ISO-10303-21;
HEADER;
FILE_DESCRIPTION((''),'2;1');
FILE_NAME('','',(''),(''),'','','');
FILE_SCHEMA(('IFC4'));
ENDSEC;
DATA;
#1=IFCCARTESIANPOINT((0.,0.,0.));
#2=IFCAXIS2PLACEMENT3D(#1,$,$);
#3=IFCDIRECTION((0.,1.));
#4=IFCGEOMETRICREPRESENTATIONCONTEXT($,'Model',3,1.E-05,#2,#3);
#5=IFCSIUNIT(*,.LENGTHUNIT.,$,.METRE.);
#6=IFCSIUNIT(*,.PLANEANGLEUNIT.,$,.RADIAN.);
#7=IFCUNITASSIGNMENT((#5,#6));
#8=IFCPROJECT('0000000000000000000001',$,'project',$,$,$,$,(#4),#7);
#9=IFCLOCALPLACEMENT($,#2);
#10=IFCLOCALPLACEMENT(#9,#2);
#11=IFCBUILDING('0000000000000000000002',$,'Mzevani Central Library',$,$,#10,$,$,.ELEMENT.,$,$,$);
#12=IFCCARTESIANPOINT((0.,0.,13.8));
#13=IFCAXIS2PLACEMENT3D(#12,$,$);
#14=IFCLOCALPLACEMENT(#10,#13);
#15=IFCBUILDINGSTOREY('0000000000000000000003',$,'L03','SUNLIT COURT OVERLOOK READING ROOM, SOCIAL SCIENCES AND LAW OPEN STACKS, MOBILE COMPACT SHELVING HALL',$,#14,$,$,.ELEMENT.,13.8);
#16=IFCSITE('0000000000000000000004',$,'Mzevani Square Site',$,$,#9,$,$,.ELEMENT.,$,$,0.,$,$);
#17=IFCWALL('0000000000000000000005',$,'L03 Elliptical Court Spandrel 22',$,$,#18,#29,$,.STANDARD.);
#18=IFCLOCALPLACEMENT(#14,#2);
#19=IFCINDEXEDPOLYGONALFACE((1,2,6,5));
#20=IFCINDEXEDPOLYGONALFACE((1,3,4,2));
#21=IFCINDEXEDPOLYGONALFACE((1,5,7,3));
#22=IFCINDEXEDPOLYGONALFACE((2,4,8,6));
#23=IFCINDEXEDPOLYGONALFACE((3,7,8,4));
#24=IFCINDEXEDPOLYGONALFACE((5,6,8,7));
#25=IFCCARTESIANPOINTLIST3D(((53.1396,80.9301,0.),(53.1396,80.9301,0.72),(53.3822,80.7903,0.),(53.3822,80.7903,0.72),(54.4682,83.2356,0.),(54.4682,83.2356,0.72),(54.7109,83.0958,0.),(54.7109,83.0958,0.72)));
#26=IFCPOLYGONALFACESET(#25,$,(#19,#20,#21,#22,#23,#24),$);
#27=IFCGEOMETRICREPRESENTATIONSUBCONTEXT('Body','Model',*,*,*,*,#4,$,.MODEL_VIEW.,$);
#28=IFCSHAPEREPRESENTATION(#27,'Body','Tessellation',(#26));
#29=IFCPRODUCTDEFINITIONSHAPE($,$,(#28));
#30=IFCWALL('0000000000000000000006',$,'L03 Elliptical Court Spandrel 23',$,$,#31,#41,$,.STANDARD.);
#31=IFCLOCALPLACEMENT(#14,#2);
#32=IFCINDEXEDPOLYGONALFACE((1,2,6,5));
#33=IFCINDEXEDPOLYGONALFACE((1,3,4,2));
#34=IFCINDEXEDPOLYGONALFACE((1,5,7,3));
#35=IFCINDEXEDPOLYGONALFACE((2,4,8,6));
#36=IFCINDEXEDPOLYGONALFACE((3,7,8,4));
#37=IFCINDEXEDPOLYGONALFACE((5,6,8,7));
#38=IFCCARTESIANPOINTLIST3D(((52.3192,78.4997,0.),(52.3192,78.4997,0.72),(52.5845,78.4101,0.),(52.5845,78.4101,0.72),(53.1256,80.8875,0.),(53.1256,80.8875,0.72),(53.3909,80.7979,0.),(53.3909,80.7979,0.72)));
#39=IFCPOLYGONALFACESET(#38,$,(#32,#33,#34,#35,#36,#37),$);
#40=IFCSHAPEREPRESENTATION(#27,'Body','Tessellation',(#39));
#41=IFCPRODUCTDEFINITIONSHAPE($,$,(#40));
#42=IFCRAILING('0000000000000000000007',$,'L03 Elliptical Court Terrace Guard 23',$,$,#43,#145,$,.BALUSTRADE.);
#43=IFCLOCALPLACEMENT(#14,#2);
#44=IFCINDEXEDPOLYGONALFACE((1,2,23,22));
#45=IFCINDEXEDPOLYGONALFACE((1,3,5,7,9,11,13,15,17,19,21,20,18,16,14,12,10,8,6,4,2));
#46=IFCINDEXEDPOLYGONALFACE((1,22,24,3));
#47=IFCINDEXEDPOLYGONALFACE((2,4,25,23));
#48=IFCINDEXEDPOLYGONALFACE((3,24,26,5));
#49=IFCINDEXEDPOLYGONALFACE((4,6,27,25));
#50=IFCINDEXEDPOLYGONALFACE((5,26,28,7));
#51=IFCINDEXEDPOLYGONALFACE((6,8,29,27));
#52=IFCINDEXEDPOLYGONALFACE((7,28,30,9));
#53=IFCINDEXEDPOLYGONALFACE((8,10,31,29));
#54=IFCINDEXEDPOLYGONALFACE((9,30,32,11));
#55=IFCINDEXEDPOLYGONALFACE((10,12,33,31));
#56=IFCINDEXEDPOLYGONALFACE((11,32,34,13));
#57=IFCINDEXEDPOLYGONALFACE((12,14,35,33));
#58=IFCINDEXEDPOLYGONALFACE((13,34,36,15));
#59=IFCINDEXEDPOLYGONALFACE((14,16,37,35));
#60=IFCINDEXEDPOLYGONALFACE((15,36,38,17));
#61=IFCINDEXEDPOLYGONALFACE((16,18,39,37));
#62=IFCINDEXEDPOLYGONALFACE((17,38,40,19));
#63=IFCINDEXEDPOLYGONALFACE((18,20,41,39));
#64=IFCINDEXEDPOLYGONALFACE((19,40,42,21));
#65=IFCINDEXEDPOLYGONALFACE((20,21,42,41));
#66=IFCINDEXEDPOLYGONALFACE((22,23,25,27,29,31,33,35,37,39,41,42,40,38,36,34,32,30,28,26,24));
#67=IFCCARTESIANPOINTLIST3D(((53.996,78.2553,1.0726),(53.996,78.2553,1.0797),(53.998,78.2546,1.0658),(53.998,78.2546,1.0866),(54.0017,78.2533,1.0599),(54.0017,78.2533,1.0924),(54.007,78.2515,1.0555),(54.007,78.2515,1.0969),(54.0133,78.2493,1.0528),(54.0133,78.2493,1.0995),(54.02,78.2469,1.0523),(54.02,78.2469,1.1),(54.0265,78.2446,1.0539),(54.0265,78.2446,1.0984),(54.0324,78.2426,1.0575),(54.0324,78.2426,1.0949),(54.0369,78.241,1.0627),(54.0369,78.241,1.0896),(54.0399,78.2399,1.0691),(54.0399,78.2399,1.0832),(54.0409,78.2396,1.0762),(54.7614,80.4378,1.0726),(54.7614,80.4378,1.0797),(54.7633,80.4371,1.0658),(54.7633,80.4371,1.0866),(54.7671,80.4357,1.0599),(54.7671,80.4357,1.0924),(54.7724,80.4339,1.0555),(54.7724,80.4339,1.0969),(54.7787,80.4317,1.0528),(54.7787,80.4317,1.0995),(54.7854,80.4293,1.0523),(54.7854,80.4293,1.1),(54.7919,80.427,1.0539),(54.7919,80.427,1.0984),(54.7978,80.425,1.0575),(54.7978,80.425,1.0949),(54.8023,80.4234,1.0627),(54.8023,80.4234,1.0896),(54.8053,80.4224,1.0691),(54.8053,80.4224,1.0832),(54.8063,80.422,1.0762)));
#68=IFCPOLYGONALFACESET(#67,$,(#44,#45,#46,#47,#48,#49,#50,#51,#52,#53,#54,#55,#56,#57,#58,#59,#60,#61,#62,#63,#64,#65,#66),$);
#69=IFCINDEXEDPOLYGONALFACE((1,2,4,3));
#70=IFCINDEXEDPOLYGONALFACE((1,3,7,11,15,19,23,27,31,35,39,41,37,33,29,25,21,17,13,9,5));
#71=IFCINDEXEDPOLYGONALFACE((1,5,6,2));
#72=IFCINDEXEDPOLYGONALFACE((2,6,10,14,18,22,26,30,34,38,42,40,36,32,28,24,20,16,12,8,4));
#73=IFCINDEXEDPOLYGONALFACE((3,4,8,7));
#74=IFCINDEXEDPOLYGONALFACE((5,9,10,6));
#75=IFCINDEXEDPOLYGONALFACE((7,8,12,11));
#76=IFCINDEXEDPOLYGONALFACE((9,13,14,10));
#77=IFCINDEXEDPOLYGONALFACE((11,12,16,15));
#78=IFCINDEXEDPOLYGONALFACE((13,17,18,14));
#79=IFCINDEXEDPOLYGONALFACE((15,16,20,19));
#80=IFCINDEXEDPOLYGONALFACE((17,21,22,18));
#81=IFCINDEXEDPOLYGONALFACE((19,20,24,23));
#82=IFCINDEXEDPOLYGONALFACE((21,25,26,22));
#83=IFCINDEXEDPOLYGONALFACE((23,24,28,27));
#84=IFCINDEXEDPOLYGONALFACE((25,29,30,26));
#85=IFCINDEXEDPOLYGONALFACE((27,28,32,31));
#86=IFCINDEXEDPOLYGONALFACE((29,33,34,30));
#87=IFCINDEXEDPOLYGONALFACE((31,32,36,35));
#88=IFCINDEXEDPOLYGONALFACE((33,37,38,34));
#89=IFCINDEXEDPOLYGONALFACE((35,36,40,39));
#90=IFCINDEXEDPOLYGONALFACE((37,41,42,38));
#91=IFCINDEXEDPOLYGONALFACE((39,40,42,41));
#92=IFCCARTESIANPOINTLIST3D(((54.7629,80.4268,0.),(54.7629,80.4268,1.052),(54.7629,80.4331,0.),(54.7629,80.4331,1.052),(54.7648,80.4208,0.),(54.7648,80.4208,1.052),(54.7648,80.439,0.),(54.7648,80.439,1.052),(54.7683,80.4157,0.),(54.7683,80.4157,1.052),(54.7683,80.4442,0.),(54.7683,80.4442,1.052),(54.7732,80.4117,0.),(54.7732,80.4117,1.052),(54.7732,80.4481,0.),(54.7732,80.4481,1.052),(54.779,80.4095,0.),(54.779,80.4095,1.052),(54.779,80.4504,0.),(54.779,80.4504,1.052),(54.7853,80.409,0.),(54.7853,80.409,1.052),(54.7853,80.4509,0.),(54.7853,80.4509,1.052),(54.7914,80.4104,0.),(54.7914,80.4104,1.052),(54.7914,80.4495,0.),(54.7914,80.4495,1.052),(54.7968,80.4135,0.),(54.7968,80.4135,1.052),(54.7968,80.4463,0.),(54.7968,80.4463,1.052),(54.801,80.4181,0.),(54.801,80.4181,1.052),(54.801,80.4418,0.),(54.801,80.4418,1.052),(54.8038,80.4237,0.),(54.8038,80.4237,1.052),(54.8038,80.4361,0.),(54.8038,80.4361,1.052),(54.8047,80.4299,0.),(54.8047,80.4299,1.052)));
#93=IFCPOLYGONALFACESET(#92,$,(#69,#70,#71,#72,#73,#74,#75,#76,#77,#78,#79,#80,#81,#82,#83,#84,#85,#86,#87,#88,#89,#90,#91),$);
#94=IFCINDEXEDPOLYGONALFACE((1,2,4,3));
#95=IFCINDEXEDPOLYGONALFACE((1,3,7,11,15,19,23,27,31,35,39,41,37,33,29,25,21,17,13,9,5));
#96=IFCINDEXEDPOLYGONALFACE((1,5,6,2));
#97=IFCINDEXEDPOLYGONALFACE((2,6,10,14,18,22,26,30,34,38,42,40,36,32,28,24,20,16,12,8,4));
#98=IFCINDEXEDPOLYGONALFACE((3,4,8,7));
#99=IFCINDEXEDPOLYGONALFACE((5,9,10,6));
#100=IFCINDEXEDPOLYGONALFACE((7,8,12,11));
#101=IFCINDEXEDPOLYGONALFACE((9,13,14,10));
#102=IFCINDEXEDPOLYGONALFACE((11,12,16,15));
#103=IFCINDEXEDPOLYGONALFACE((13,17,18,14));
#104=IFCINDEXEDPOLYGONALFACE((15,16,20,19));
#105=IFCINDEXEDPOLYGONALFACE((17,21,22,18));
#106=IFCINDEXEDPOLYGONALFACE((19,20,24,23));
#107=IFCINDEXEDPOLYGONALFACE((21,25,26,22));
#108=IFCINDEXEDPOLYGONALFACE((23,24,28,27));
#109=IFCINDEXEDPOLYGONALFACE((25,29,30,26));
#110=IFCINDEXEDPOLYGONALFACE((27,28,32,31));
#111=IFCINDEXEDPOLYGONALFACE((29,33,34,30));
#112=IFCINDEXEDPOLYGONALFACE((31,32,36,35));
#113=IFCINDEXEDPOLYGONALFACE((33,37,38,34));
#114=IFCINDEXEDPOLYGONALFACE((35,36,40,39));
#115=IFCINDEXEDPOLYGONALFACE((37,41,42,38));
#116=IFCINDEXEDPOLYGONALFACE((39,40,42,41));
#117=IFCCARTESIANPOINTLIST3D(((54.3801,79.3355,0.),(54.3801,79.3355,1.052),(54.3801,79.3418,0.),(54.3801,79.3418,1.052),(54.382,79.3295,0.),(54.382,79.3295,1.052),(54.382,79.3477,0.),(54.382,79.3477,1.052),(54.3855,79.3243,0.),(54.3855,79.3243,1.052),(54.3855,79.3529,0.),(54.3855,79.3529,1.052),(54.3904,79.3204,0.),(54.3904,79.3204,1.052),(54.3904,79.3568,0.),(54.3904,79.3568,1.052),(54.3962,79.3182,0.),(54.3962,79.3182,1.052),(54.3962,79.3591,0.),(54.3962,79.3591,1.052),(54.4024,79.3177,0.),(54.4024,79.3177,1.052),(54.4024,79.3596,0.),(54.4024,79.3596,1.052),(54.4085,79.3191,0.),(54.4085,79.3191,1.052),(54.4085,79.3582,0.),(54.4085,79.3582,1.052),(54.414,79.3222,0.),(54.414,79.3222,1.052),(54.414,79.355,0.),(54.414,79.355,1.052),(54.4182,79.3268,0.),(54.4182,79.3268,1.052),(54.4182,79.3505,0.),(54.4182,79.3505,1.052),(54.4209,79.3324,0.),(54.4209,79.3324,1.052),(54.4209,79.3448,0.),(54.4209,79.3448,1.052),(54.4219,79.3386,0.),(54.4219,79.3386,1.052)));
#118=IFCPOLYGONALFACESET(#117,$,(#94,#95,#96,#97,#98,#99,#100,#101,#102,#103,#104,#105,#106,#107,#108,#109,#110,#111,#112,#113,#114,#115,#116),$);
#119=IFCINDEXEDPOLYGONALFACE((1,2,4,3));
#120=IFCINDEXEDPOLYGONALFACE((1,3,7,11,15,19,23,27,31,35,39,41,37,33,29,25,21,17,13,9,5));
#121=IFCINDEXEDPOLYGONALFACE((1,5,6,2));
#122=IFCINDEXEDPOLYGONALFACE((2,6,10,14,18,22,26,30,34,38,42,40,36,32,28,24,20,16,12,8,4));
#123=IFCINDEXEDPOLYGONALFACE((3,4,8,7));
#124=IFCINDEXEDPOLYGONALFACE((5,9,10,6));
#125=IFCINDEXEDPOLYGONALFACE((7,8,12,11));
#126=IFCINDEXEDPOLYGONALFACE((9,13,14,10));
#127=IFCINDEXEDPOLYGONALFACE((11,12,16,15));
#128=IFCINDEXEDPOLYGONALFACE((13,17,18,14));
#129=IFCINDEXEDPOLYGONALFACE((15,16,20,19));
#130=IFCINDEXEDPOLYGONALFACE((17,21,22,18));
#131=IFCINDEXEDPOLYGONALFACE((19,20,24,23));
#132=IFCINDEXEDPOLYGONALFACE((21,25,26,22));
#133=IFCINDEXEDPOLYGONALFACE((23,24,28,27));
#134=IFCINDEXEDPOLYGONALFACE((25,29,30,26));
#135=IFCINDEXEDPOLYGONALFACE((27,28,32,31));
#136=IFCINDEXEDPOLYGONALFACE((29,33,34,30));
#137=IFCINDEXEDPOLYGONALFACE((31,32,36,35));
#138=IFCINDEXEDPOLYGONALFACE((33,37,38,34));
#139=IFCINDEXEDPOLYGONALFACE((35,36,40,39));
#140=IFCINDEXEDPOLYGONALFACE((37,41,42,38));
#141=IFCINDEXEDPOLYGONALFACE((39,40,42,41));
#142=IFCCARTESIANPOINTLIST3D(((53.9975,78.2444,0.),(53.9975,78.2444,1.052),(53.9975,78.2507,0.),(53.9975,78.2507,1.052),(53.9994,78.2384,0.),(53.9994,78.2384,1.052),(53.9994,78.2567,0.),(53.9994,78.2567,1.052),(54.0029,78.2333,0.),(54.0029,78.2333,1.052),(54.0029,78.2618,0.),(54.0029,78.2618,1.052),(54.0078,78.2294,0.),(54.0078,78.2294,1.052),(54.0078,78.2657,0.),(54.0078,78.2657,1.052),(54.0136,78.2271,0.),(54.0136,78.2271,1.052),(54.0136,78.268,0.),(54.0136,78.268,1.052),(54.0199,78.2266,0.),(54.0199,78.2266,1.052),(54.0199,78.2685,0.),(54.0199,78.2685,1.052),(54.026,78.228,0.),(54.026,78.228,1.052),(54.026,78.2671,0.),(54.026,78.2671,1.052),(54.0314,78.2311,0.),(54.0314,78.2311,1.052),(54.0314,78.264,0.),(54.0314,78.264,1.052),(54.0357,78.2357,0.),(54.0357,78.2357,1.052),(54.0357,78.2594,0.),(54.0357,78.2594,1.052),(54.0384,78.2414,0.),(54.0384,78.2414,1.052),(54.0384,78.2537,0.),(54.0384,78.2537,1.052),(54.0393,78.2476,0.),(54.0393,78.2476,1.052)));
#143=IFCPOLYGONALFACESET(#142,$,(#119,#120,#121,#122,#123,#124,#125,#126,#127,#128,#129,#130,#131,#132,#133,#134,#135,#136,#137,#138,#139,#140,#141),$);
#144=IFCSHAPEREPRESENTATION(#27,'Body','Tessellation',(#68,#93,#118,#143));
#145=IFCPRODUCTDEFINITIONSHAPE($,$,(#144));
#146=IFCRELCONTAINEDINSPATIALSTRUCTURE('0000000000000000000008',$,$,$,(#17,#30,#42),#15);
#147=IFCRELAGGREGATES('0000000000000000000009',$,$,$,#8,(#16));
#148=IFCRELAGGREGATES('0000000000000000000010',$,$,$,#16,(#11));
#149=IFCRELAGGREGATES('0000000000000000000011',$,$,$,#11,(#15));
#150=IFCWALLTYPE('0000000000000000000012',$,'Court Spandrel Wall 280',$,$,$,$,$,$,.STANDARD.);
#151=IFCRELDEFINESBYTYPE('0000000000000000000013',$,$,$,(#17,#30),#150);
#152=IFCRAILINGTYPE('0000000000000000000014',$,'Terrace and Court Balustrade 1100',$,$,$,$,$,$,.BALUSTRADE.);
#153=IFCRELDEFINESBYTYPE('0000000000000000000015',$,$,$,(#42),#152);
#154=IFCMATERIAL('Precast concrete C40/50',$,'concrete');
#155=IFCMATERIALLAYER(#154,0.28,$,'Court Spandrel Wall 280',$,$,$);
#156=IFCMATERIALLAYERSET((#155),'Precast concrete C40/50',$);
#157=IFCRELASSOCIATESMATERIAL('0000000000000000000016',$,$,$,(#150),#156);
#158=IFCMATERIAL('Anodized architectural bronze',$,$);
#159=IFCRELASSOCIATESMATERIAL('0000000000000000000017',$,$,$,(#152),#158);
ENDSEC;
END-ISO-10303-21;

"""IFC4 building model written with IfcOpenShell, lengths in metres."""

from ifc_helpers import new_model, si_unit, direction, frame, frame_2d, origin, origin_2d, place, context, subcontext, project, spatial, rectangle, circle, extrude, material, layer, layer_set, type_object, element, save


model = new_model("IFC4")

# Units and contexts
model_context = context("Model", 3, precision=1e-05, world=origin(), true_north=direction((0.0, 1.0)))
body_context = subcontext(model_context, "Body", "Model", "MODEL_VIEW")
ifc_project = project(units=[si_unit("LENGTHUNIT", "METRE"), si_unit("PLANEANGLEUNIT", "RADIAN")], contexts=[model_context])

# Site, building, storey
site_placement = place(None, origin())
site = spatial("IfcSite", under=ifc_project, at=site_placement, Name="Mzevani Square Site", CompositionType="ELEMENT", RefElevation=0.0)
building_placement = place(site_placement, origin())
building = spatial("IfcBuilding", under=site, at=building_placement, Name="Mzevani Central Library", CompositionType="ELEMENT")
storey_placement = place(building_placement, frame((0.0, 0.0, 13.8)))
storey = spatial("IfcBuildingStorey", under=building, at=storey_placement, Name="L03", Description="SUNLIT COURT OVERLOOK READING ROOM, SOCIAL SCIENCES AND LAW OPEN STACKS, MOBILE COMPACT SHELVING HALL", CompositionType="ELEMENT", Elevation=13.8)

# Shared definitions
ifc_material_1 = material(Name="Precast concrete C40/50", Category="concrete")

# Walls
ifc_layer_1 = layer(ifc_material_1, 0.28, Name="Court Spandrel Wall 280")
ifc_layer_set_1 = layer_set([ifc_layer_1], Name="Precast concrete C40/50")
wall_type = type_object("IfcWallType", Name="Court Spandrel Wall 280", PredefinedType="STANDARD", material=ifc_layer_set_1)
wall_1_placement = place(storey_placement, frame((54.5896, 83.1658, 0.0), z_axis=(0.0, 0.0, 1.0), x_axis=(-0.499317, -0.866419, 0.0)))
element("IfcWall", 1, at=wall_1_placement, inside=storey, type_object=wall_type, Name="L03 Elliptical Court Spandrel 22", PredefinedType="STANDARD", context=body_context, shape_type="SweptSolid", body=[
    extrude(rectangle(XDim=2.6609, YDim=0.28, at=frame_2d((1.3306, 0.0))), origin(), (0.0, 0.0, 1.0), 0.72),
])
wall_2_placement = place(storey_placement, frame((53.2583, 80.8428, 0.0), z_axis=(0.0, 0.0, 1.0), x_axis=(-0.319974, -0.947426, 0.0)))
element("IfcWall", 2, at=wall_2_placement, inside=storey, type_object=wall_type, Name="L03 Elliptical Court Spandrel 23", PredefinedType="STANDARD", context=body_context, shape_type="SweptSolid", body=[
    extrude(rectangle(XDim=2.5203, YDim=0.28, at=frame_2d((1.2603, 0.0))), origin(), (0.0, 0.0, 1.0), 0.72),
])

# Railing
ifc_material_2 = material(Name="Anodized architectural bronze")
railing_type = type_object("IfcRailingType", Name="Terrace and Court Balustrade 1100", PredefinedType="BALUSTRADE", material=ifc_material_2)
railing_placement = place(storey_placement, frame((54.7837, 80.4299, 0.0)))
element("IfcRailing", 3, at=railing_placement, inside=storey, type_object=railing_type, Name="L03 Elliptical Court Terrace Guard 23", PredefinedType="BALUSTRADE", context=body_context, shape_type="SweptSolid", body=[
    extrude(circle(Radius=0.0239, at=origin_2d()), frame((0.0, 0.0, 1.0762), z_axis=(-0.330948, -0.943649, 0.0), x_axis=(0.943649, -0.330948, 0.0)), (0.0, 0.0, 1.0), 2.3127),
    extrude(circle(Radius=0.021, at=origin_2d()), origin(), (0.0, 0.0, 1.0), 1.052),
    extrude(circle(Radius=0.021, at=origin_2d()), frame((-0.3828, -1.0913, 0.0)), (0.0, 0.0, 1.0), 1.052),
    extrude(circle(Radius=0.021, at=origin_2d()), frame((-0.7654, -2.1824, 0.0)), (0.0, 0.0, 1.0), 1.052),
])

save(model, "model.ifc")
